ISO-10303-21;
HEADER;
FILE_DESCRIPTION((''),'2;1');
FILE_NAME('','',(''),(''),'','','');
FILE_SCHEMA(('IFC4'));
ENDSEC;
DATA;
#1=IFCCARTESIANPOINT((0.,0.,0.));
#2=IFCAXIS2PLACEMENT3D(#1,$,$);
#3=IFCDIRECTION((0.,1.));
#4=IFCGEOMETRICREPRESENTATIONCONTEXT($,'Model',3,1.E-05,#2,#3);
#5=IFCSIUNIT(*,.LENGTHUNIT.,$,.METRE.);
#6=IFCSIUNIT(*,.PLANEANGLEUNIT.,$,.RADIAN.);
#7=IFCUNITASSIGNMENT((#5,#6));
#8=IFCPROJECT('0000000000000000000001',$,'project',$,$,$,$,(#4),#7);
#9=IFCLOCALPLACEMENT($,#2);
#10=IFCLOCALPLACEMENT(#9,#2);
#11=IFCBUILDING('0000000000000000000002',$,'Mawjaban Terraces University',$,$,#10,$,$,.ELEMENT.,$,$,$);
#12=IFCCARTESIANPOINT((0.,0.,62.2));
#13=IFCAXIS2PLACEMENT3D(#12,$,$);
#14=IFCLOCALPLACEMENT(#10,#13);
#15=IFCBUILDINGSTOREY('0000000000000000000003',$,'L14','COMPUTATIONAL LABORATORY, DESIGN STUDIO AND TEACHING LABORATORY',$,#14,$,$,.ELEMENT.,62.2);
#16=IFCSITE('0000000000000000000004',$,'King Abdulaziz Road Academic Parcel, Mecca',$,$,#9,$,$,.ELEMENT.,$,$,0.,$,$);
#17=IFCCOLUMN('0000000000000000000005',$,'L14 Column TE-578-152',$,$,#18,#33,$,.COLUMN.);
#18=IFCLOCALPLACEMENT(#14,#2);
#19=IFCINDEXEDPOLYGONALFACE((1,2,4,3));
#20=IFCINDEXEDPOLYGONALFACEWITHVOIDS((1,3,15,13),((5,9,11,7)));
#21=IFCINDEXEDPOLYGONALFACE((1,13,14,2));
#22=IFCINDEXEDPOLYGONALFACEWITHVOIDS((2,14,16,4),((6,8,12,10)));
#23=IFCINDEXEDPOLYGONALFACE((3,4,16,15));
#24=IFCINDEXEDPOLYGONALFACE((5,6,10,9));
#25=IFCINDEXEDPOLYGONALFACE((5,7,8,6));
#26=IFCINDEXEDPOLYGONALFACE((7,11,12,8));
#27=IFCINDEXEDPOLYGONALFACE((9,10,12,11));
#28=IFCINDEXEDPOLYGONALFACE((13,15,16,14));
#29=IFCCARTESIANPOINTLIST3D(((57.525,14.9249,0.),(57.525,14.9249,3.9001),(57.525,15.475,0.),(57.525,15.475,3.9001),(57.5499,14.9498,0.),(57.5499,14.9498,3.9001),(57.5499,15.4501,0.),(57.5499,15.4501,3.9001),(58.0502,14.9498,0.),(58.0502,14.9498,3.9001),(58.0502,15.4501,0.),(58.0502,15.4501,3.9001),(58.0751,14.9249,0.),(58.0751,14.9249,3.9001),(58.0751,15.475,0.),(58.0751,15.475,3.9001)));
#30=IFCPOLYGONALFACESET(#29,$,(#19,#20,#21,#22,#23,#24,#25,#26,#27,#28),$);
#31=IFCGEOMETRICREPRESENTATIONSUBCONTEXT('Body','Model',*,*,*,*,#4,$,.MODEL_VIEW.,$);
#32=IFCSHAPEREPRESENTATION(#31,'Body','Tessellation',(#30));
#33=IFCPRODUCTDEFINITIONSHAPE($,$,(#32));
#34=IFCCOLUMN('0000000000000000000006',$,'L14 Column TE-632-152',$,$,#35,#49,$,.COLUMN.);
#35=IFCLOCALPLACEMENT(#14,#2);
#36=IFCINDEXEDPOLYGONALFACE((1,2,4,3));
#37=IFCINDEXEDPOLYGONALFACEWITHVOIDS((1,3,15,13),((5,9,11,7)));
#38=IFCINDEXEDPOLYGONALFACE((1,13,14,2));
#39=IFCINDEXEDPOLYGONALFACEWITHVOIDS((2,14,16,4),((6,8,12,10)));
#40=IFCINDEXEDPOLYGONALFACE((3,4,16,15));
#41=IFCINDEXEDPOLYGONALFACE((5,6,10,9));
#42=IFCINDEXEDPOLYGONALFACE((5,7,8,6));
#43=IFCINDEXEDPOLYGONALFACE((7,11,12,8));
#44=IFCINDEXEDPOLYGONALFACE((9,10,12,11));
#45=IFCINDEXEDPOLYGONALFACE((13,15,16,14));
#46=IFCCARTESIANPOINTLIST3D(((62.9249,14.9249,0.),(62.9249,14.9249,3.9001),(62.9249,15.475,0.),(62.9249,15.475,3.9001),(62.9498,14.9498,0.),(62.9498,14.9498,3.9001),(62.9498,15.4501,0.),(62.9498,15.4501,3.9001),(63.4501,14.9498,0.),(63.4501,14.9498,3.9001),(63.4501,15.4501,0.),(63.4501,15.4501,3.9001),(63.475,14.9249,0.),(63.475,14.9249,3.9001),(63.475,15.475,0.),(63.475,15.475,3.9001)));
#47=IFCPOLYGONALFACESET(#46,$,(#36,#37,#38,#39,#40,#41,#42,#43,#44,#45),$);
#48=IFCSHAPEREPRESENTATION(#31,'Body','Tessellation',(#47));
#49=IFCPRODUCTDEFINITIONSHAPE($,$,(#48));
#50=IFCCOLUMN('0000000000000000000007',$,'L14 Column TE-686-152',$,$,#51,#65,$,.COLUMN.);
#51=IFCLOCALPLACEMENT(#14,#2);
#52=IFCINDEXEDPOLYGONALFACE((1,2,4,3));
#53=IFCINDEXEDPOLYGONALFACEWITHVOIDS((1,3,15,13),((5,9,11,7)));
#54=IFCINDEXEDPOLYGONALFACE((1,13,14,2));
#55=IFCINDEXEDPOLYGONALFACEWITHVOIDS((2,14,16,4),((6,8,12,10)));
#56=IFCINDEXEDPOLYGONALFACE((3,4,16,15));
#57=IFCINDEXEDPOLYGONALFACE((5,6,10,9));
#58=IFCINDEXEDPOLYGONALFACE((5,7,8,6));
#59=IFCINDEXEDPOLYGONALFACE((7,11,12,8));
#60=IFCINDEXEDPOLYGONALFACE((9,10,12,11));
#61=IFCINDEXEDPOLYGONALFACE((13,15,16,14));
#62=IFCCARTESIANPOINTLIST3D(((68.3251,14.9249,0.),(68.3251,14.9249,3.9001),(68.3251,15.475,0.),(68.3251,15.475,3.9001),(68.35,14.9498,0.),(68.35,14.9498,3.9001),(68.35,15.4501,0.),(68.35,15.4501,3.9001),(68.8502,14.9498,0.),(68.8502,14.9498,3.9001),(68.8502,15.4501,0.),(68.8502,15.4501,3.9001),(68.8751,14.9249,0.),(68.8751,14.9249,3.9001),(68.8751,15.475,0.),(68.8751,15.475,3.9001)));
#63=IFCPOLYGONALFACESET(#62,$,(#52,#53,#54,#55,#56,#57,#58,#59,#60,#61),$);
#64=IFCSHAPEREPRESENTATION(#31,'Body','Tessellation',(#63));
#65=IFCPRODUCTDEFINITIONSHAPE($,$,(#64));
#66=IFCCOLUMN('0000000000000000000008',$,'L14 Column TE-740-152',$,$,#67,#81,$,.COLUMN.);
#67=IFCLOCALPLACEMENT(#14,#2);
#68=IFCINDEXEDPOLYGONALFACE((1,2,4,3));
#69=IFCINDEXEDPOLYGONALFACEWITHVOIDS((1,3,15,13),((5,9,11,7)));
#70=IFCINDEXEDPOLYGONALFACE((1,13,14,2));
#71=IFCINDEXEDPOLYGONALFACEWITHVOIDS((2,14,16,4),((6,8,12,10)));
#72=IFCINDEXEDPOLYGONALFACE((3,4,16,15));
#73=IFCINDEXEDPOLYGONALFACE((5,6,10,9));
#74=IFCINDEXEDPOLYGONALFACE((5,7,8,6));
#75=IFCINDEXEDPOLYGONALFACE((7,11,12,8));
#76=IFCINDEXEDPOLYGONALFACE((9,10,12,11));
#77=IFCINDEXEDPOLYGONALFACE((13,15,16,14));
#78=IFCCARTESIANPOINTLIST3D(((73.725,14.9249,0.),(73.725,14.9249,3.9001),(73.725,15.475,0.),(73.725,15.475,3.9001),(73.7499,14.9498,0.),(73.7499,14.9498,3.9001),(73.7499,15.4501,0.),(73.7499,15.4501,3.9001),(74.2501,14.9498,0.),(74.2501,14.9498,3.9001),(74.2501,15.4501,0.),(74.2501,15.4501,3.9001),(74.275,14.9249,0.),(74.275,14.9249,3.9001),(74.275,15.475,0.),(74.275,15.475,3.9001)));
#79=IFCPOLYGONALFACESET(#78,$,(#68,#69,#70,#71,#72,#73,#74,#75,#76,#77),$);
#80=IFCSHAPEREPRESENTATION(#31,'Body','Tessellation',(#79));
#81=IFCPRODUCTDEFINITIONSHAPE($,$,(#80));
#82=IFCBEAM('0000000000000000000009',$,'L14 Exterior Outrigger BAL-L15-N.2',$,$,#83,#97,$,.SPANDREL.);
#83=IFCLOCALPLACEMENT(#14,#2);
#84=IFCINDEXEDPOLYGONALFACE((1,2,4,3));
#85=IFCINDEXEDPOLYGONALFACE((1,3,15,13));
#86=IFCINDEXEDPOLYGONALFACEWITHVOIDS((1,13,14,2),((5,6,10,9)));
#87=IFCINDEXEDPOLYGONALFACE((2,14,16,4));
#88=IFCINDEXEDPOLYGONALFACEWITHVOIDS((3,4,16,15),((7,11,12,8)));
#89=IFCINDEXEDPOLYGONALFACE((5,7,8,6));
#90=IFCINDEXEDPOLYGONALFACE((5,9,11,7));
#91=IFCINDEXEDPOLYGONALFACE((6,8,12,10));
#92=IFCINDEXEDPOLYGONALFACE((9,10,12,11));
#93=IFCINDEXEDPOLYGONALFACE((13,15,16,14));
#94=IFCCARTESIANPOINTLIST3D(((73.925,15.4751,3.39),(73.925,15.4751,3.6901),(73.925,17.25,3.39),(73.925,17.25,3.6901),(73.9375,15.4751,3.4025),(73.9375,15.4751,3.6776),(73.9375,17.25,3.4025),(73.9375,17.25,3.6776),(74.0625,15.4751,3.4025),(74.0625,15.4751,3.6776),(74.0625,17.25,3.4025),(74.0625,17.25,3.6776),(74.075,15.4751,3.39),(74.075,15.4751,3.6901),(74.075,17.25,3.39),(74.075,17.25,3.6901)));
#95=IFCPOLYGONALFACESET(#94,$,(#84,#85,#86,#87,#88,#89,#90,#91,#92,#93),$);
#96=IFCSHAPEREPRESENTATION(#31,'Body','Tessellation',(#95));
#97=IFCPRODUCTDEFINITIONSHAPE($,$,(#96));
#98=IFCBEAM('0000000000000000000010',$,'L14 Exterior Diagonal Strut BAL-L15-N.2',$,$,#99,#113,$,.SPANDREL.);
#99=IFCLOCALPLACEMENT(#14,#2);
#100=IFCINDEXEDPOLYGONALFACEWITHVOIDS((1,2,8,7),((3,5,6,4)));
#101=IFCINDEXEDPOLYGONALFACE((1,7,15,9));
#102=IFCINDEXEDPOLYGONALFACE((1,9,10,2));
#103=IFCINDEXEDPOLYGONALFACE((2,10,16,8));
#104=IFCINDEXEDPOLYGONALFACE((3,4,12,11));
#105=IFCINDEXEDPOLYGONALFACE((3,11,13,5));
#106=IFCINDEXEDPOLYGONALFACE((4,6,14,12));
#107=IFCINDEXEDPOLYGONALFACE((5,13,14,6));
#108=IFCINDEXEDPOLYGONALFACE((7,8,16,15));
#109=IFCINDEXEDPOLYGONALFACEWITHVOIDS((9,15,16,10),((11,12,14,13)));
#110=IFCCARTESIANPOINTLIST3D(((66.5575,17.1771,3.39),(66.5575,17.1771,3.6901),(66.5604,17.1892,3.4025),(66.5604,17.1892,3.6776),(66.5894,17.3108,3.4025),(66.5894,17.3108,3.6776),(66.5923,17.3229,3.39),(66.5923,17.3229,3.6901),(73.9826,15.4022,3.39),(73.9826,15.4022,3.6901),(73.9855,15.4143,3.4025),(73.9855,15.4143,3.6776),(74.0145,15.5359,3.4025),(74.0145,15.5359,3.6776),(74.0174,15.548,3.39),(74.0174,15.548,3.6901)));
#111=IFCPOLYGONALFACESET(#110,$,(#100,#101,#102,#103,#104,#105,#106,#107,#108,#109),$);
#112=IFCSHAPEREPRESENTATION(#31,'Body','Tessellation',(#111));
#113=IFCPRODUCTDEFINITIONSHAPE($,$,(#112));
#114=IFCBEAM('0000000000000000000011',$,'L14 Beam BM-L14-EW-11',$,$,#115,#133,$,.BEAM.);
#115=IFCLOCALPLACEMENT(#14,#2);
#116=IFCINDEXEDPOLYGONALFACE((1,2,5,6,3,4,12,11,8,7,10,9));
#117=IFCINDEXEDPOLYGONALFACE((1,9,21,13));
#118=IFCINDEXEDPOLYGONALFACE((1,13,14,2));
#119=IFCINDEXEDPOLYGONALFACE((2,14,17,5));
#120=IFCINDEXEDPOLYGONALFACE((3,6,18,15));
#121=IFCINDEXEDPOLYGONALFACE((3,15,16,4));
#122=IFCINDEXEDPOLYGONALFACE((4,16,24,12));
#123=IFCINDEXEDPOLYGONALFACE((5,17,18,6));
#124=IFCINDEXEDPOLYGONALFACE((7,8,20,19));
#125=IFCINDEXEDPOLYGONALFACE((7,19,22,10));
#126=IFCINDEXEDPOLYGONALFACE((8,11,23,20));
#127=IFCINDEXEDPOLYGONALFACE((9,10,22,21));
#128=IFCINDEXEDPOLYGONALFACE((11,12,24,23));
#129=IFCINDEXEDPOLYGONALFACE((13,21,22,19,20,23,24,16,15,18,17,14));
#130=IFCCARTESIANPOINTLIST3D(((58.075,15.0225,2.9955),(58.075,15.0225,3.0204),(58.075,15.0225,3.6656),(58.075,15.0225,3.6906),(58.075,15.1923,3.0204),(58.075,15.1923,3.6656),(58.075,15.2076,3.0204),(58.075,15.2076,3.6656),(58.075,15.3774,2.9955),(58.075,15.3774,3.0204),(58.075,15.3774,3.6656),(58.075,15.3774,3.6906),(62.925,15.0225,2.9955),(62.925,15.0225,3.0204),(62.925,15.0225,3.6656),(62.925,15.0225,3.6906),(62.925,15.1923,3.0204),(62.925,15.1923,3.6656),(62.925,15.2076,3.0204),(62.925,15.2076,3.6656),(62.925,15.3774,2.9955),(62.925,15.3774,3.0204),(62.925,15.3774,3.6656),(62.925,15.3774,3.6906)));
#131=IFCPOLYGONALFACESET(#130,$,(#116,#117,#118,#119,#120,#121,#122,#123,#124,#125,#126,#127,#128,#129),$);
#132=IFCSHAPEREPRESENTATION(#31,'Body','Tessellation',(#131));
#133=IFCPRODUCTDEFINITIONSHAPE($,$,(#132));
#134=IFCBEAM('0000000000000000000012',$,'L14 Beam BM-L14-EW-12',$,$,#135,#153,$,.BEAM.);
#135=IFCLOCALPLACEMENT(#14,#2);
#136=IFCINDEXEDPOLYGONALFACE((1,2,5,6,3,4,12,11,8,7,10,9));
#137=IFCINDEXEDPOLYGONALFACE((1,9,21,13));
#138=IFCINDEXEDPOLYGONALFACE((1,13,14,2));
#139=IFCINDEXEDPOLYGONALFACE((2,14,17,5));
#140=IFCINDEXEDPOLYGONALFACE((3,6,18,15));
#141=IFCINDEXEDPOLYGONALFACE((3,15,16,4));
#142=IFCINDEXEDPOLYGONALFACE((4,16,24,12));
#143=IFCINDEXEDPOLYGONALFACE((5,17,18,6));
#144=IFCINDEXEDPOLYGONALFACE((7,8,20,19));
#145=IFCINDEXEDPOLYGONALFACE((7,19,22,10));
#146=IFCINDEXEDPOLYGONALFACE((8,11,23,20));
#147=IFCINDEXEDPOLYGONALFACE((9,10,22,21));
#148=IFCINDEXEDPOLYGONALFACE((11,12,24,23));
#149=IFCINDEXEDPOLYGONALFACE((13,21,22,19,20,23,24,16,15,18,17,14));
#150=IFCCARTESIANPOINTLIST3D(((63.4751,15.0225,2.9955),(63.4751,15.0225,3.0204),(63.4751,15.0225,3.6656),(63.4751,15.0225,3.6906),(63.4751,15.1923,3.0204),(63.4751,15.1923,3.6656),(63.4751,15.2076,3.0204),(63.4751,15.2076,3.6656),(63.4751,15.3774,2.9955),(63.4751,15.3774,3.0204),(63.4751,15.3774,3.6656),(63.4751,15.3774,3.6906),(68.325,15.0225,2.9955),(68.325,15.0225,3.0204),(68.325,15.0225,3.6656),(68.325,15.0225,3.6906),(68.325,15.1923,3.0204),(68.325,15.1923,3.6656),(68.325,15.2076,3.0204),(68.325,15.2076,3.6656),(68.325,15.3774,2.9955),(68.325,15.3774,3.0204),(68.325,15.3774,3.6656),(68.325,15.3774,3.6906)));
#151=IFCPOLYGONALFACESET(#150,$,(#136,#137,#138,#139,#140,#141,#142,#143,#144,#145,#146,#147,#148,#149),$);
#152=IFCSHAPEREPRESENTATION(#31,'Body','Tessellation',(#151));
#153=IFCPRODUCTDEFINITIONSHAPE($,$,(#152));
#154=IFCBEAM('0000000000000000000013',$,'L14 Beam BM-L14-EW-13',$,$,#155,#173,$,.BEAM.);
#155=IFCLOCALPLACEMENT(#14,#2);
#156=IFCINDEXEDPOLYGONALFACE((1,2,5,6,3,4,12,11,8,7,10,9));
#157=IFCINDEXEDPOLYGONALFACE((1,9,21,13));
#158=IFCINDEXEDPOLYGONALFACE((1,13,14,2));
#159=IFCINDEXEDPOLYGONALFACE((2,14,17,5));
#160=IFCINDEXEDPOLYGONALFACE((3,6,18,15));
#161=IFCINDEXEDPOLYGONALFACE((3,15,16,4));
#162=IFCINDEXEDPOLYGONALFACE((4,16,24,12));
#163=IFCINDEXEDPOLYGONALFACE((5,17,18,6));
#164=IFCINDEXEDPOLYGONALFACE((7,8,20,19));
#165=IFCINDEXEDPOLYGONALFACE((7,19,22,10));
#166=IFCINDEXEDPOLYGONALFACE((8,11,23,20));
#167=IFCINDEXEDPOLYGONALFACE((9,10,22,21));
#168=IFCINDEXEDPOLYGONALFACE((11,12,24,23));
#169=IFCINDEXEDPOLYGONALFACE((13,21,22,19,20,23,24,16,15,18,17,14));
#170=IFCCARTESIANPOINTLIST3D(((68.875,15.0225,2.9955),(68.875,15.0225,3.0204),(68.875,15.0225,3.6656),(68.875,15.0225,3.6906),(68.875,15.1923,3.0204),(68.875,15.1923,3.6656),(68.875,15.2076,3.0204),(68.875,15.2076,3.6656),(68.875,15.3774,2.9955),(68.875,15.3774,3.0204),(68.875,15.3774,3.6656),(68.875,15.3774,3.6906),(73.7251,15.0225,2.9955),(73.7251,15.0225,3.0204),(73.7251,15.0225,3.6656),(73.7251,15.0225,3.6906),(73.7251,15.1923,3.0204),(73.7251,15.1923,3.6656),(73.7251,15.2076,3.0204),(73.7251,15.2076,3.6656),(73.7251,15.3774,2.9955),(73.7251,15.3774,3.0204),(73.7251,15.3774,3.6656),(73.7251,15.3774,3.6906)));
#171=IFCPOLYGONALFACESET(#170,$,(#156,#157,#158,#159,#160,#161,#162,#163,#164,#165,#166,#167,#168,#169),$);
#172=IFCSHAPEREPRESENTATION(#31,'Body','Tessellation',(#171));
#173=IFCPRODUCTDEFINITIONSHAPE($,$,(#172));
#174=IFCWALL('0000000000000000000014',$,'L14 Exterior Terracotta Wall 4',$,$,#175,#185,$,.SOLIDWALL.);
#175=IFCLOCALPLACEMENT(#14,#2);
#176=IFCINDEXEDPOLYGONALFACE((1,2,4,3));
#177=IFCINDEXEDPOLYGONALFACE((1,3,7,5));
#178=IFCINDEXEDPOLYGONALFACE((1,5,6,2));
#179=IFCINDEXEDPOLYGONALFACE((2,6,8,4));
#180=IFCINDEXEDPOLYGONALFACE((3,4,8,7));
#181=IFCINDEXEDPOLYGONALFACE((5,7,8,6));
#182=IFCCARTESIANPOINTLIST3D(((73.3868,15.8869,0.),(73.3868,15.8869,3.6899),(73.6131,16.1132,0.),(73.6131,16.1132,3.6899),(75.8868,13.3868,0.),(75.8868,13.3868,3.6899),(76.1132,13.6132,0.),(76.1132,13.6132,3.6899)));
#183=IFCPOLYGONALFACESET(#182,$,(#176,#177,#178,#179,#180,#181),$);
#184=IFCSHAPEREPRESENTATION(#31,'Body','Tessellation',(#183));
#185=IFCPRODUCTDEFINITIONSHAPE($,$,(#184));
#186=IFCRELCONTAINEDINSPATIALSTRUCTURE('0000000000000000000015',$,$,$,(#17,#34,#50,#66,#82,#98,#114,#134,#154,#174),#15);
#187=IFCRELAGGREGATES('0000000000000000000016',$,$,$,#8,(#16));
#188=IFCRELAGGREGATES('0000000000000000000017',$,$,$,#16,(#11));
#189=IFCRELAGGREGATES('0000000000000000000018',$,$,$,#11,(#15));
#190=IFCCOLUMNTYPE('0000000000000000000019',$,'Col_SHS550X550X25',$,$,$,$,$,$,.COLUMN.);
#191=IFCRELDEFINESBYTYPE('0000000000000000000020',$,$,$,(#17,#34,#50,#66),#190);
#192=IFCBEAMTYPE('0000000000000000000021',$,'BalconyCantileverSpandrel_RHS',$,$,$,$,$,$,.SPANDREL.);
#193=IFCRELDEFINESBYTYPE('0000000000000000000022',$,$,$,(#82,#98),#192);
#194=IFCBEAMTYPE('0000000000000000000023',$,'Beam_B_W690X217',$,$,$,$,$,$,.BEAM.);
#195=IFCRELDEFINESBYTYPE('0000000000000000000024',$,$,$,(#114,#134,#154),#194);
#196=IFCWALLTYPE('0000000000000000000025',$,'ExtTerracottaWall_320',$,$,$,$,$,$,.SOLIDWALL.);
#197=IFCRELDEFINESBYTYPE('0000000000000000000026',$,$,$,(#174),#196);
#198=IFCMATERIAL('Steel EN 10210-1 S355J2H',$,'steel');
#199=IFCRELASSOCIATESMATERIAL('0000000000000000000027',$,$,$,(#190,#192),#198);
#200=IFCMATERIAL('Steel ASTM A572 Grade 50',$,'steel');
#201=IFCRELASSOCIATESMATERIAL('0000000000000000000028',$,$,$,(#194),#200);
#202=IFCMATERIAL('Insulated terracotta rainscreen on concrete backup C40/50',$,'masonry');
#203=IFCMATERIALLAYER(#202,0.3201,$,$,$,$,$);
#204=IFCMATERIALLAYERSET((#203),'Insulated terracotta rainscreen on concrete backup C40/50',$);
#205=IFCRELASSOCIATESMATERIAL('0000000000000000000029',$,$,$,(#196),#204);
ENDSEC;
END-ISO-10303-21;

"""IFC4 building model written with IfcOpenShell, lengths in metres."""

from ifc_helpers import new_model, si_unit, direction, frame, frame_2d, origin, origin_2d, place, context, subcontext, project, spatial, rectangle, hollow_rectangle, i_section, extrude, material, layer, layer_set, material_profile, profile_set, type_object, element, save


model = new_model("IFC4")

# Units and contexts
model_context = context("Model", 3, precision=1e-05, world=origin(), true_north=direction((0.0, 1.0)))
body_context = subcontext(model_context, "Body", "Model", "MODEL_VIEW")
ifc_project = project(units=[si_unit("LENGTHUNIT", "METRE"), si_unit("PLANEANGLEUNIT", "RADIAN")], contexts=[model_context])

# Site, building, storey
site_placement = place(None, origin())
site = spatial("IfcSite", under=ifc_project, at=site_placement, Name="King Abdulaziz Road Academic Parcel, Mecca", CompositionType="ELEMENT", RefElevation=0.0)
building_placement = place(site_placement, origin())
building = spatial("IfcBuilding", under=site, at=building_placement, Name="Mawjaban Terraces University", CompositionType="ELEMENT")
storey_placement = place(building_placement, frame((0.0, 0.0, 62.2)))
storey = spatial("IfcBuildingStorey", under=building, at=storey_placement, Name="L14", Description="COMPUTATIONAL LABORATORY, DESIGN STUDIO AND TEACHING LABORATORY", CompositionType="ELEMENT", Elevation=62.2)

# Columns
ifc_material_1 = material(Name="Steel EN 10210-1 S355J2H", Category="steel")
ifc_material_profile_1 = material_profile(ifc_material_1, hollow_rectangle(XDim=0.55, YDim=0.55, WallThickness=0.0249, at=origin_2d()), Name="SHS550X550X25")
ifc_profile_set_1 = profile_set([ifc_material_profile_1], Name="Steel EN 10210-1 S355J2H")
column_type = type_object("IfcColumnType", Name="Col_SHS550X550X25", PredefinedType="COLUMN", material=ifc_profile_set_1)
for number, where, z_axis, x_axis, name in (
    (1, (57.8, 15.2, 0.0), (0.0, 0.0, 1.0), (1.0, 0.0, 0.0), "L14 Column TE-578-152"),
    (2, (63.2, 15.2, 0.0), (0.0, 0.0, 1.0), (1.0, 0.0, 0.0), "L14 Column TE-632-152"),
    (3, (68.6001, 15.2, 0.0), (0.0, 0.0, 1.0), (1.0, 0.0, 0.0), "L14 Column TE-686-152"),
    (4, (74.0, 15.2, 0.0), (0.0, 0.0, 1.0), (1.0, 0.0, 0.0), "L14 Column TE-740-152"),
):
    element("IfcColumn", number, at=place(storey_placement, frame(where, z_axis=z_axis, x_axis=x_axis)), inside=storey, type_object=column_type, Name=name, PredefinedType="COLUMN", context=body_context, shape_type="SweptSolid", body=[
        extrude(hollow_rectangle(XDim=0.55, YDim=0.55, WallThickness=0.0249, at=origin_2d()), origin(), (0.0, 0.0, 1.0), 3.9001),
    ])

# Beams
ifc_material_profile_2 = material_profile(ifc_material_1, hollow_rectangle(XDim=0.1499, YDim=0.3, WallThickness=0.0125, at=origin_2d()), Name="RHS300X150X12.5")
ifc_profile_set_2 = profile_set([ifc_material_profile_2], Name="Steel EN 10210-1 S355J2H")
beam_type_1 = type_object("IfcBeamType", Name="BalconyCantileverSpandrel_RHS", PredefinedType="SPANDREL", material=ifc_profile_set_2)
beam_1_placement = place(storey_placement, frame((74.0, 15.4751, 3.54), z_axis=(0.0, 1.0, 0.0), x_axis=(-1.0, 0.0, 0.0)))
element("IfcBeam", 5, at=beam_1_placement, inside=storey, type_object=beam_type_1, Name="L14 Exterior Outrigger BAL-L15-N.2", PredefinedType="SPANDREL", context=body_context, shape_type="SweptSolid", body=[
    extrude(hollow_rectangle(XDim=0.1499, YDim=0.3, WallThickness=0.0125, at=origin_2d()), origin(), (0.0, 0.0, 1.0), 1.7749),
])
beam_2_placement = place(storey_placement, frame((74.0, 15.4751, 3.54), z_axis=(-0.972598, 0.232492, 0.0), x_axis=(-0.232492, -0.972598, 0.0)))
element("IfcBeam", 6, at=beam_2_placement, inside=storey, type_object=beam_type_1, Name="L14 Exterior Diagonal Strut BAL-L15-N.2", PredefinedType="SPANDREL", context=body_context, shape_type="SweptSolid", body=[
    extrude(hollow_rectangle(XDim=0.1499, YDim=0.3, WallThickness=0.0125, at=origin_2d()), origin(), (0.0, 0.0, 1.0), 7.6343),
])
ifc_material_2 = material(Name="Steel ASTM A572 Grade 50", Category="steel")
ifc_material_profile_3 = material_profile(ifc_material_2, i_section(OverallWidth=0.355, OverallDepth=0.6951, WebThickness=0.0154, FlangeThickness=0.0249, at=origin_2d()), Name="W690X217")
ifc_profile_set_3 = profile_set([ifc_material_profile_3], Name="Steel ASTM A572 Grade 50")
beam_type_2 = type_object("IfcBeamType", Name="Beam_B_W690X217", PredefinedType="BEAM", material=ifc_profile_set_3)
beam_3_placement = place(storey_placement, frame((58.075, 15.2, 3.343), z_axis=(1.0, 0.0, 0.0), x_axis=(0.0, 1.0, 0.0)))
element("IfcBeam", 7, at=beam_3_placement, inside=storey, type_object=beam_type_2, Name="L14 Beam BM-L14-EW-11", PredefinedType="BEAM", context=body_context, shape_type="SweptSolid", body=[
    extrude(i_section(OverallWidth=0.355, OverallDepth=0.6951, WebThickness=0.0154, FlangeThickness=0.0249, at=origin_2d()), origin(), (0.0, 0.0, 1.0), 4.8501),
])
beam_4_placement = place(storey_placement, frame((63.4751, 15.2, 3.343), z_axis=(1.0, 0.0, 0.0), x_axis=(0.0, 1.0, 0.0)))
element("IfcBeam", 8, at=beam_4_placement, inside=storey, type_object=beam_type_2, Name="L14 Beam BM-L14-EW-12", PredefinedType="BEAM", context=body_context, shape_type="SweptSolid", body=[
    extrude(i_section(OverallWidth=0.355, OverallDepth=0.6951, WebThickness=0.0154, FlangeThickness=0.0249, at=origin_2d()), origin(), (0.0, 0.0, 1.0), 4.8499),
])
beam_5_placement = place(storey_placement, frame((68.875, 15.2, 3.343), z_axis=(1.0, 0.0, 0.0), x_axis=(0.0, 1.0, 0.0)))
element("IfcBeam", 9, at=beam_5_placement, inside=storey, type_object=beam_type_2, Name="L14 Beam BM-L14-EW-13", PredefinedType="BEAM", context=body_context, shape_type="SweptSolid", body=[
    extrude(i_section(OverallWidth=0.355, OverallDepth=0.6951, WebThickness=0.0154, FlangeThickness=0.0249, at=origin_2d()), origin(), (0.0, 0.0, 1.0), 4.8501),
])

# Wall
ifc_material_3 = material(Name="Insulated terracotta rainscreen on concrete backup C40/50", Category="masonry")
ifc_layer_1 = layer(ifc_material_3, 0.3201)
ifc_layer_set_1 = layer_set([ifc_layer_1], Name="Insulated terracotta rainscreen on concrete backup C40/50")
wall_type = type_object("IfcWallType", Name="ExtTerracottaWall_320", PredefinedType="SOLIDWALL", material=ifc_layer_set_1)
wall_1_placement = place(storey_placement, frame((76.0, 13.5, 0.0), z_axis=(0.0, 0.0, 1.0), x_axis=(-0.707107, 0.707107, 0.0)))
element("IfcWall", 10, at=wall_1_placement, inside=storey, type_object=wall_type, Name="L14 Exterior Terracotta Wall 4", PredefinedType="SOLIDWALL", context=body_context, shape_type="SweptSolid", body=[
    extrude(rectangle(XDim=3.5356, YDim=0.3201, at=frame_2d((1.7678, 0.0))), origin(), (0.0, 0.0, 1.0), 3.6899),
])

save(model, "model.ifc")
